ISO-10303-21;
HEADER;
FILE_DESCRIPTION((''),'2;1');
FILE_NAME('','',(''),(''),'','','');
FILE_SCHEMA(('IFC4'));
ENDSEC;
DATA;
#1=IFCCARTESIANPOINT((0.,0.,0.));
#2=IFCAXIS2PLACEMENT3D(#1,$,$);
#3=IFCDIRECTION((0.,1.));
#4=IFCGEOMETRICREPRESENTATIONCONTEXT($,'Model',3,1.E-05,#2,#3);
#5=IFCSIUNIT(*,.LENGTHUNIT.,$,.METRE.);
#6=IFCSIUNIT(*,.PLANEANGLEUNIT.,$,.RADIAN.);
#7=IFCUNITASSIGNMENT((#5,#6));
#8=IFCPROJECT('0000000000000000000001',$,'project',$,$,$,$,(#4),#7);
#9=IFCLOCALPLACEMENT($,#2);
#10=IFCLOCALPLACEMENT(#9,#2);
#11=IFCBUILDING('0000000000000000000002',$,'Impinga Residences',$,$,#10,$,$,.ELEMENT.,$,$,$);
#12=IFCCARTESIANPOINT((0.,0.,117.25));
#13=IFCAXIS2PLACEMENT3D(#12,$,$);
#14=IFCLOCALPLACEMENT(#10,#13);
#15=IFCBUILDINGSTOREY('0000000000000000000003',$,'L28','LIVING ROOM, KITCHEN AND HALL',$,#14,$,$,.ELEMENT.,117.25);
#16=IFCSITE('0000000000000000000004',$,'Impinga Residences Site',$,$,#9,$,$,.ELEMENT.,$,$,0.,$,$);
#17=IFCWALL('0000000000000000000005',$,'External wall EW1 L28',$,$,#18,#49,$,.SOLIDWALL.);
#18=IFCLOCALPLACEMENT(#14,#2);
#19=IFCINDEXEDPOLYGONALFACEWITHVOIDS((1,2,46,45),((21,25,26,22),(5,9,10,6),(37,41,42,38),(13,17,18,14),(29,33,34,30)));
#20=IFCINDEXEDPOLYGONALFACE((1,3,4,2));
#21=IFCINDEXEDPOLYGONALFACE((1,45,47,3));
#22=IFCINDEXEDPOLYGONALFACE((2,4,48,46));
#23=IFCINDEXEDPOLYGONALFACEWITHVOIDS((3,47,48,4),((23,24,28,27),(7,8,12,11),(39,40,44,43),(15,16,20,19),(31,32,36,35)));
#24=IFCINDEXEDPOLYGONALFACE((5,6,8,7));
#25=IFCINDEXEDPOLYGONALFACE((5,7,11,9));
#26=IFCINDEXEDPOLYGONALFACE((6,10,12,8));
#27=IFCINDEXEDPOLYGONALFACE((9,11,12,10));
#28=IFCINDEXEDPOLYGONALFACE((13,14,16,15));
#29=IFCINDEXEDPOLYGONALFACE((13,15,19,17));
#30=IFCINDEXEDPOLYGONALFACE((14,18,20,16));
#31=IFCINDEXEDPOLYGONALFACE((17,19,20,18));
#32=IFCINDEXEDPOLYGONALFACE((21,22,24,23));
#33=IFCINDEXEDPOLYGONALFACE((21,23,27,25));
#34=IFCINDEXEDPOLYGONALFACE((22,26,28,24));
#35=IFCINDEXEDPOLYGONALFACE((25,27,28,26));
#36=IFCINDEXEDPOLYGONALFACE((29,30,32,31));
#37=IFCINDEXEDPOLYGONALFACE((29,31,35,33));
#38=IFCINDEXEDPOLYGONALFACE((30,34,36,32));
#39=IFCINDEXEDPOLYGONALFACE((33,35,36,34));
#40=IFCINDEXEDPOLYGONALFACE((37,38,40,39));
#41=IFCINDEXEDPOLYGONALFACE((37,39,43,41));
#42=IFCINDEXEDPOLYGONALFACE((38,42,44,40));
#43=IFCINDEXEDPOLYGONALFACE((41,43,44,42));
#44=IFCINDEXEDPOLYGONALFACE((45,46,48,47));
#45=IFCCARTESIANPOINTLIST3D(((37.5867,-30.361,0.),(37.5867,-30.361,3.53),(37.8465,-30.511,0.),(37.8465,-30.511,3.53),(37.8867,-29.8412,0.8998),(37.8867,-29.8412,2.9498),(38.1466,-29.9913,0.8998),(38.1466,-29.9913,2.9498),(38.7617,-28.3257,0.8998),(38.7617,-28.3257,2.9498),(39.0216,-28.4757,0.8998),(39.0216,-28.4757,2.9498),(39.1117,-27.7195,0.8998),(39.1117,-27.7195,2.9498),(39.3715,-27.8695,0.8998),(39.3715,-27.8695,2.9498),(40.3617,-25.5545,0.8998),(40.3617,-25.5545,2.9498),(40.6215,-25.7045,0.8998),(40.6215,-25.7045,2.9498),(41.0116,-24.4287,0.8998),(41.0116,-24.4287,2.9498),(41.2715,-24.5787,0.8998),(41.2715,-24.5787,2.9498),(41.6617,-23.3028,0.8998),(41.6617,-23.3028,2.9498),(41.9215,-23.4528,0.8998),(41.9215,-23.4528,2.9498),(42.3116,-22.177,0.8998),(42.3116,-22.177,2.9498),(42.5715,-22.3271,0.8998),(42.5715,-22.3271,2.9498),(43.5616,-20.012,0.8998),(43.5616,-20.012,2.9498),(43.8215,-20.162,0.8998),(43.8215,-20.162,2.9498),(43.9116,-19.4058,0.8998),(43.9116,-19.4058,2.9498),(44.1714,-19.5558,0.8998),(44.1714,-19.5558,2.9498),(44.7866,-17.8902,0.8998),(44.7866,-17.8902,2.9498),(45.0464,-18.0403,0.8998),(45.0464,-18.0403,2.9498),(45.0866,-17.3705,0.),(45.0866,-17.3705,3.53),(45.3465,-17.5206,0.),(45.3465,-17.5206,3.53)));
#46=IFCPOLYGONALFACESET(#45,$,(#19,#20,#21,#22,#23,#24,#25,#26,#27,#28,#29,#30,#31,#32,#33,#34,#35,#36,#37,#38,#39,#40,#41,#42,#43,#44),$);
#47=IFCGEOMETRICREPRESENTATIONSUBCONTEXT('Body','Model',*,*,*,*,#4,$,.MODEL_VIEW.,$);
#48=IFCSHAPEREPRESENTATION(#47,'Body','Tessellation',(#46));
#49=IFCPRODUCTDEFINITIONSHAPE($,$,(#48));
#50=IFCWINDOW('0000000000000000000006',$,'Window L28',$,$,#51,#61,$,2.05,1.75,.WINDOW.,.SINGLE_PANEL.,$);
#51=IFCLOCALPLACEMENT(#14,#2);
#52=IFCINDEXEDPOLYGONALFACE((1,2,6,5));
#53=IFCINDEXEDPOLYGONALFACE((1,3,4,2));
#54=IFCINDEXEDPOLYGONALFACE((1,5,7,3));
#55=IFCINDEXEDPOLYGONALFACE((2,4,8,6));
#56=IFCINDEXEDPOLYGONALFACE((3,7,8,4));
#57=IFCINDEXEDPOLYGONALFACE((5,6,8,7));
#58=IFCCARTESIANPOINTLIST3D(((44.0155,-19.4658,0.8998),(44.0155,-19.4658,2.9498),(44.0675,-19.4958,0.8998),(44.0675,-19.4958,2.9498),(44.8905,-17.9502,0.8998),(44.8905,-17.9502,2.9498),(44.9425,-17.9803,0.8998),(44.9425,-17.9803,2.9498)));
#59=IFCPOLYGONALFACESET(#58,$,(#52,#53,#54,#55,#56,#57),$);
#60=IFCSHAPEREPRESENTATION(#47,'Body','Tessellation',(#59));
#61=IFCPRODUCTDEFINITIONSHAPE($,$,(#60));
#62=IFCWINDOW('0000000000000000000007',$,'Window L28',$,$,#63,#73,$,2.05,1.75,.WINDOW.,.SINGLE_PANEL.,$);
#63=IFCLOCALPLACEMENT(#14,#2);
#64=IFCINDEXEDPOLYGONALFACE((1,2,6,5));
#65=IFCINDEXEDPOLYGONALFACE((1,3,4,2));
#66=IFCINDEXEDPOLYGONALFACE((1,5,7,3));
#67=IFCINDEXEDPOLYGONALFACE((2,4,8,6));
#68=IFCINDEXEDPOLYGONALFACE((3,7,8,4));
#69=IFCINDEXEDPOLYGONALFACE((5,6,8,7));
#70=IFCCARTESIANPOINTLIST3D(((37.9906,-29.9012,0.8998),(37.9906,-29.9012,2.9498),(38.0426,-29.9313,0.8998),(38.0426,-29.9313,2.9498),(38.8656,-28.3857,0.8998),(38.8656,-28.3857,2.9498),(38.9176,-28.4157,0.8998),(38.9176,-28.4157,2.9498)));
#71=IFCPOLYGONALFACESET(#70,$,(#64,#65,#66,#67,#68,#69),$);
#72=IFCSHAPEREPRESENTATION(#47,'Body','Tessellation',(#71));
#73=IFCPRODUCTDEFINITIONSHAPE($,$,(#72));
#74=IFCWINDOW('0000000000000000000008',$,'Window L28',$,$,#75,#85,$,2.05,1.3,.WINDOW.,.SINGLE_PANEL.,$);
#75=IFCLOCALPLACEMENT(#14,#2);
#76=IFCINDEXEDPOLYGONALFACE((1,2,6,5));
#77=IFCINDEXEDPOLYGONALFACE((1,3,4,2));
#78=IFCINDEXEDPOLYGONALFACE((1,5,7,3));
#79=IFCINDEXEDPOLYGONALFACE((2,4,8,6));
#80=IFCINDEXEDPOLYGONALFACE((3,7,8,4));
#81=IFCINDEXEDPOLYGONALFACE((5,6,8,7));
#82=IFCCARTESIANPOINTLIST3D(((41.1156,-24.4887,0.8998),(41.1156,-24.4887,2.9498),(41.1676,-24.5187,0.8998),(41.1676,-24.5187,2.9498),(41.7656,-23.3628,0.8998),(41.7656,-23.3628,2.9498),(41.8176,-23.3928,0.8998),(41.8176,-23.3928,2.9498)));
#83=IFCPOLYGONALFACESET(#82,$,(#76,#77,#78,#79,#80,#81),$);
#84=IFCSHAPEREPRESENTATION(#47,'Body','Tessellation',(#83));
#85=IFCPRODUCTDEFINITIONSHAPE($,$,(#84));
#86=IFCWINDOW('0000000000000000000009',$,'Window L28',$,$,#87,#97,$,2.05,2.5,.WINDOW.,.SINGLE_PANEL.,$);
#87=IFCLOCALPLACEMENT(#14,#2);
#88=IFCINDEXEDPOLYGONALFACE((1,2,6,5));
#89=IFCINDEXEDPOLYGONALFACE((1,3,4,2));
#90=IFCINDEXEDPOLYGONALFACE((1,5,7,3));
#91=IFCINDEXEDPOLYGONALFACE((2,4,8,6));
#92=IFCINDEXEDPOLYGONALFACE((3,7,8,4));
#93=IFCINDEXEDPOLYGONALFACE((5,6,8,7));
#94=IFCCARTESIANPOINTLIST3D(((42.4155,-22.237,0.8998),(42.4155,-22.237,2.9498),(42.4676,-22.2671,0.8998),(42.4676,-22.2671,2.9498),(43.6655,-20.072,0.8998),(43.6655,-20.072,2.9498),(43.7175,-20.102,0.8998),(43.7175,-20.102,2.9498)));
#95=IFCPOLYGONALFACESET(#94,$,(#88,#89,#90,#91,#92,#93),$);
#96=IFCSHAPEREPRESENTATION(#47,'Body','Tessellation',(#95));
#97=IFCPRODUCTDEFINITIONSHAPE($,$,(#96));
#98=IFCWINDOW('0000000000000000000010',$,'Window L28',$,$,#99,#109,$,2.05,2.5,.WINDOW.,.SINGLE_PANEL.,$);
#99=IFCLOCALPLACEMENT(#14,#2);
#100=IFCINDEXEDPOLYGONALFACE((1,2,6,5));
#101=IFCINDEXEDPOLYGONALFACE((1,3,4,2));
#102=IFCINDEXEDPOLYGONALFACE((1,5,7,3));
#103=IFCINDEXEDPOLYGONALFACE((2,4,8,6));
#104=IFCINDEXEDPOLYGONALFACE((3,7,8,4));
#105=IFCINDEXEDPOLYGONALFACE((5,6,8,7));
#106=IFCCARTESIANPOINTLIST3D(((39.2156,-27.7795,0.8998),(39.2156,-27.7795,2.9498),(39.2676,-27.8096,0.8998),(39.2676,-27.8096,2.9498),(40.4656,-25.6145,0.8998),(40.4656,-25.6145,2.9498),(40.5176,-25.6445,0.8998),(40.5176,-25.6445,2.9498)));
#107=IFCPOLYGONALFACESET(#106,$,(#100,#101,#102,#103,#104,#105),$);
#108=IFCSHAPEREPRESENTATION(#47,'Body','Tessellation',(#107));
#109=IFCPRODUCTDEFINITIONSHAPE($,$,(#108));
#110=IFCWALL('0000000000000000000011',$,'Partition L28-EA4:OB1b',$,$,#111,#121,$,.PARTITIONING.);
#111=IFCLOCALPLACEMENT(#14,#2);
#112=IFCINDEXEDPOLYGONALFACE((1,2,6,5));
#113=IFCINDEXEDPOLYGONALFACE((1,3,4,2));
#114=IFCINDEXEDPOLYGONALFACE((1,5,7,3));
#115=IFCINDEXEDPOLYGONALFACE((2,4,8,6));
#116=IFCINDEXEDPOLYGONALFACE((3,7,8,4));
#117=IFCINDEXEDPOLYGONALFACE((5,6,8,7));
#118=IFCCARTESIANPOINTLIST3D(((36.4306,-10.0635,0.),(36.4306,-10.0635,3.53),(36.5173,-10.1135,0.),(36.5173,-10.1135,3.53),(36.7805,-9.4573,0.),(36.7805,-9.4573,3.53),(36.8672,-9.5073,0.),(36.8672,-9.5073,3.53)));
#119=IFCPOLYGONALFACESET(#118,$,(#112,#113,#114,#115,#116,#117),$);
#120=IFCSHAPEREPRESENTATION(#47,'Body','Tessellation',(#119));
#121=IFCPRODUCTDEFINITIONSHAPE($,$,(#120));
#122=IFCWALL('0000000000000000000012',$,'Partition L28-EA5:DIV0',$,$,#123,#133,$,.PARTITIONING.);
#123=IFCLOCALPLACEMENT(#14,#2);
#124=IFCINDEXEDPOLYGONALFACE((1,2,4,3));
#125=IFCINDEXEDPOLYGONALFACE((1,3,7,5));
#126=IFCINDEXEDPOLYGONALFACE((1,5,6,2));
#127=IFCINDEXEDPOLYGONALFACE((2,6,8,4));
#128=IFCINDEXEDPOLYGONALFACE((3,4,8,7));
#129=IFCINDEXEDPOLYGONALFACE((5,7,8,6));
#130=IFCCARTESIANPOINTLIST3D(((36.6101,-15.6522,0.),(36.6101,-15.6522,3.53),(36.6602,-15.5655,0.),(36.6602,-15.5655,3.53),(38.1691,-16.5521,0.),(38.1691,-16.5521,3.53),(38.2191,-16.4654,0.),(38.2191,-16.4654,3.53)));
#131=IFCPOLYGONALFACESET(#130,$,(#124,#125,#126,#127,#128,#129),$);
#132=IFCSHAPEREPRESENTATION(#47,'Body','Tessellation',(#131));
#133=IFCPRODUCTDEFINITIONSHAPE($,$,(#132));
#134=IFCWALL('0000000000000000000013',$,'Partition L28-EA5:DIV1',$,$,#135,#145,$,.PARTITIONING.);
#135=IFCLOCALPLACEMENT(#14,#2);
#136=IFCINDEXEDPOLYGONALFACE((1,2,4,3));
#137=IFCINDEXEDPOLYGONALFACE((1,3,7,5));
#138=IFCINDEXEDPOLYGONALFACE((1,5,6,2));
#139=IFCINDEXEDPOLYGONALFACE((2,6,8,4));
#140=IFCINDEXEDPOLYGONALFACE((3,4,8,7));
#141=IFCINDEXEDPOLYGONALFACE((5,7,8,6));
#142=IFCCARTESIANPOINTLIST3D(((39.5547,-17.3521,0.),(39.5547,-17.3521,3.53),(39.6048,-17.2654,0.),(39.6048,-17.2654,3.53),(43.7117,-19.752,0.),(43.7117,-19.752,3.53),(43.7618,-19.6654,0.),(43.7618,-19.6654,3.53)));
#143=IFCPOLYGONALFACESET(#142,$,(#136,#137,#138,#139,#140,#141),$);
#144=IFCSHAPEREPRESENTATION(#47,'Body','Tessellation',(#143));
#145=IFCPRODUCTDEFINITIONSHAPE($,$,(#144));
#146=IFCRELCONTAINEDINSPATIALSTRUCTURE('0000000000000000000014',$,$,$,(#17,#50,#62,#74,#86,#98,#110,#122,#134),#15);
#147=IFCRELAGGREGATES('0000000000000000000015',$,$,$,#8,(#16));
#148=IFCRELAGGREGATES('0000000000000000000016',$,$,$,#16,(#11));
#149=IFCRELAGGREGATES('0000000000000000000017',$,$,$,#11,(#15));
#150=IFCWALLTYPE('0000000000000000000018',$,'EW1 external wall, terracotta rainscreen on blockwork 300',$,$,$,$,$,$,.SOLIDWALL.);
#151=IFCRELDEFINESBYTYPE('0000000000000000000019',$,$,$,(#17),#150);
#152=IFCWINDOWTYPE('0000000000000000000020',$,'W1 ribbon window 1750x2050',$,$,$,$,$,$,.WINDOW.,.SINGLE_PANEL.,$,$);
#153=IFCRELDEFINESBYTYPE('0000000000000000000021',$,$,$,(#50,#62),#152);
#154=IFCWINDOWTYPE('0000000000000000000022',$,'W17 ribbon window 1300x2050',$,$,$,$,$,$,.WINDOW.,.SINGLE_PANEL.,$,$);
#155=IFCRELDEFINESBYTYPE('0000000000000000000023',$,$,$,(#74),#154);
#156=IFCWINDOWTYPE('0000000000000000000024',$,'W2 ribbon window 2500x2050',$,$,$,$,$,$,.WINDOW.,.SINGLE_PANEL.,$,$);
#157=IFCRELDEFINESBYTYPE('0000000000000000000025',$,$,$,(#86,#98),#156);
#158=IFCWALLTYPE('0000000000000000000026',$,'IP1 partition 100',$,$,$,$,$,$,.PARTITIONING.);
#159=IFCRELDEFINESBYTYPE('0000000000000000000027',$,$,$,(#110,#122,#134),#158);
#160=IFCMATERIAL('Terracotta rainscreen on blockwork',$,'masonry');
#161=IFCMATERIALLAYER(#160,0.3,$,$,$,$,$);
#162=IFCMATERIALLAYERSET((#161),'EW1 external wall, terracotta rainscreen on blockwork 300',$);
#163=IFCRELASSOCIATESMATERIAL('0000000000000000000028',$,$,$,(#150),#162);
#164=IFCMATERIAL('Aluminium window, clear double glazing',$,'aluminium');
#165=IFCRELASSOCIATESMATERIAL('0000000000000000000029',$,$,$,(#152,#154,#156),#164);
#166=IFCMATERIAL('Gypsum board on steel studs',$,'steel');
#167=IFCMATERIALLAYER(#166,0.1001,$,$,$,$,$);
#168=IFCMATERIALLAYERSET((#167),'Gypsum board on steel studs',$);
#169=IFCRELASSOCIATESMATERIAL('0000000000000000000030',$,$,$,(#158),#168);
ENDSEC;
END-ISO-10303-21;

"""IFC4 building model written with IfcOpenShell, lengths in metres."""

from ifc_helpers import new_model, si_unit, direction, frame, frame_2d, origin, place, context, subcontext, project, spatial, rectangle, extrude, material, layer, layer_set, type_object, element, fill, save


model = new_model("IFC4")

# Units and contexts
model_context = context("Model", 3, precision=1e-05, world=origin(), true_north=direction((0.0, 1.0)))
body_context = subcontext(model_context, "Body", "Model", "MODEL_VIEW")
ifc_project = project(units=[si_unit("LENGTHUNIT", "METRE"), si_unit("PLANEANGLEUNIT", "RADIAN")], contexts=[model_context])

# Site, building, storey
site_placement = place(None, origin())
site = spatial("IfcSite", under=ifc_project, at=site_placement, Name="Impinga Residences Site", CompositionType="ELEMENT", RefElevation=0.0)
building_placement = place(site_placement, origin())
building = spatial("IfcBuilding", under=site, at=building_placement, Name="Impinga Residences", CompositionType="ELEMENT")
storey_placement = place(building_placement, frame((0.0, 0.0, 117.25)))
storey = spatial("IfcBuildingStorey", under=building, at=storey_placement, Name="L28", Description="LIVING ROOM, KITCHEN AND HALL", CompositionType="ELEMENT", Elevation=117.25)

# Shared definitions
ifc_material_1 = material(Name="Terracotta rainscreen on blockwork", Category="masonry")
ifc_layer_1 = layer(ifc_material_1, 0.3)
ifc_layer_set_1 = layer_set([ifc_layer_1], Name="EW1 external wall, terracotta rainscreen on blockwork 300")
wall_type_1 = type_object("IfcWallType", Name="EW1 external wall, terracotta rainscreen on blockwork 300", PredefinedType="SOLIDWALL", material=ifc_layer_set_1)

# Wall, openings, windows
wall_1_placement = place(storey_placement, frame((45.2166, -17.4456, 0.0), z_axis=(0.0, 0.0, 1.0), x_axis=(-0.499997, -0.866027, 0.0)))
wall_1 = element("IfcWall", 1, at=wall_1_placement, inside=storey, type_object=wall_type_1, Name="External wall EW1 L28", PredefinedType="SOLIDWALL", context=body_context, shape_type="SweptSolid", body=[
    extrude(rectangle(XDim=15.0, YDim=0.3, at=frame_2d((7.5, 0.0))), origin(), (0.0, 0.0, 1.0), 3.53),
])
opening_1_placement = place(wall_1_placement, frame((0.6001, 0.0, 0.8999)))
opening_1 = element("IfcOpeningElement", 2, at=opening_1_placement, cuts=wall_1, PredefinedType="OPENING", context=body_context, shape_type="SweptSolid", body=[
    extrude(rectangle(XDim=1.75, YDim=2.05, at=frame_2d((0.875, 1.0249))), frame((0.0, 0.1599, 0.0), z_axis=(0.0, -1.0, 0.0), x_axis=(1.0, 0.0, 0.0)), (0.0, 0.0, 1.0), 0.3201),
])
opening_2_placement = place(wall_1_placement, frame((3.05, 0.0, 0.8999)))
opening_2 = element("IfcOpeningElement", 3, at=opening_2_placement, cuts=wall_1, PredefinedType="OPENING", context=body_context, shape_type="SweptSolid", body=[
    extrude(rectangle(XDim=2.5, YDim=2.05, at=frame_2d((1.25, 1.0249))), frame((0.0, 0.1599, 0.0), z_axis=(0.0, -1.0, 0.0), x_axis=(1.0, 0.0, 0.0)), (0.0, 0.0, 1.0), 0.3201),
])
opening_3_placement = place(wall_1_placement, frame((6.8501, 0.0, 0.8999)))
opening_3 = element("IfcOpeningElement", 4, at=opening_3_placement, cuts=wall_1, PredefinedType="OPENING", context=body_context, shape_type="SweptSolid", body=[
    extrude(rectangle(XDim=1.3, YDim=2.05, at=frame_2d((0.6499, 1.0249))), frame((0.0, 0.1599, 0.0), z_axis=(0.0, -1.0, 0.0), x_axis=(1.0, 0.0, 0.0)), (0.0, 0.0, 1.0), 0.3201),
])
opening_4_placement = place(wall_1_placement, frame((9.45, 0.0, 0.8999)))
opening_4 = element("IfcOpeningElement", 5, at=opening_4_placement, cuts=wall_1, PredefinedType="OPENING", context=body_context, shape_type="SweptSolid", body=[
    extrude(rectangle(XDim=2.5, YDim=2.05, at=frame_2d((1.25, 1.0249))), frame((0.0, 0.1599, 0.0), z_axis=(0.0, -1.0, 0.0), x_axis=(1.0, 0.0, 0.0)), (0.0, 0.0, 1.0), 0.3201),
])
opening_5_placement = place(wall_1_placement, frame((12.6499, 0.0, 0.8999)))
opening_5 = element("IfcOpeningElement", 6, at=opening_5_placement, cuts=wall_1, PredefinedType="OPENING", context=body_context, shape_type="SweptSolid", body=[
    extrude(rectangle(XDim=1.75, YDim=2.05, at=frame_2d((0.875, 1.0249))), frame((0.0, 0.1599, 0.0), z_axis=(0.0, -1.0, 0.0), x_axis=(1.0, 0.0, 0.0)), (0.0, 0.0, 1.0), 0.3201),
])
ifc_material_2 = material(Name="Aluminium window, clear double glazing", Category="aluminium")
window_type_1 = type_object("IfcWindowType", Name="W1 ribbon window 1750x2050", PartitioningType="SINGLE_PANEL", PredefinedType="WINDOW", material=ifc_material_2)
window_1_placement = place(opening_1_placement, origin())
window_1 = element("IfcWindow", 7, at=window_1_placement, inside=storey, type_object=window_type_1, Name="Window L28", OverallHeight=2.05, OverallWidth=1.75, PartitioningType="SINGLE_PANEL", PredefinedType="WINDOW", context=body_context, shape_type="SweptSolid", body=[
    extrude(rectangle(XDim=1.75, YDim=2.05, at=frame_2d((0.875, 1.0249))), frame((0.0, 0.03, 0.0), z_axis=(0.0, -1.0, 0.0), x_axis=(1.0, 0.0, 0.0)), (0.0, 0.0, 1.0), 0.0601),
])
fill(opening_1, window_1)
window_2_placement = place(opening_5_placement, origin())
window_2 = element("IfcWindow", 8, at=window_2_placement, inside=storey, type_object=window_type_1, Name="Window L28", OverallHeight=2.05, OverallWidth=1.75, PartitioningType="SINGLE_PANEL", PredefinedType="WINDOW", context=body_context, shape_type="SweptSolid", body=[
    extrude(rectangle(XDim=1.75, YDim=2.05, at=frame_2d((0.875, 1.0249))), frame((0.0, 0.03, 0.0), z_axis=(0.0, -1.0, 0.0), x_axis=(1.0, 0.0, 0.0)), (0.0, 0.0, 1.0), 0.0601),
])
fill(opening_5, window_2)
window_type_2 = type_object("IfcWindowType", Name="W17 ribbon window 1300x2050", PartitioningType="SINGLE_PANEL", PredefinedType="WINDOW", material=ifc_material_2)
window_3_placement = place(opening_3_placement, origin())
window_3 = element("IfcWindow", 9, at=window_3_placement, inside=storey, type_object=window_type_2, Name="Window L28", OverallHeight=2.05, OverallWidth=1.3, PartitioningType="SINGLE_PANEL", PredefinedType="WINDOW", context=body_context, shape_type="SweptSolid", body=[
    extrude(rectangle(XDim=1.3, YDim=2.05, at=frame_2d((0.6499, 1.0249))), frame((0.0, 0.03, 0.0), z_axis=(0.0, -1.0, 0.0), x_axis=(1.0, 0.0, 0.0)), (0.0, 0.0, 1.0), 0.0601),
])
fill(opening_3, window_3)
window_type_3 = type_object("IfcWindowType", Name="W2 ribbon window 2500x2050", PartitioningType="SINGLE_PANEL", PredefinedType="WINDOW", material=ifc_material_2)
window_4_placement = place(opening_2_placement, origin())
window_4 = element("IfcWindow", 10, at=window_4_placement, inside=storey, type_object=window_type_3, Name="Window L28", OverallHeight=2.05, OverallWidth=2.5, PartitioningType="SINGLE_PANEL", PredefinedType="WINDOW", context=body_context, shape_type="SweptSolid", body=[
    extrude(rectangle(XDim=2.5, YDim=2.05, at=frame_2d((1.25, 1.0249))), frame((0.0, 0.03, 0.0), z_axis=(0.0, -1.0, 0.0), x_axis=(1.0, 0.0, 0.0)), (0.0, 0.0, 1.0), 0.0601),
])
fill(opening_2, window_4)
window_5_placement = place(opening_4_placement, origin())
window_5 = element("IfcWindow", 11, at=window_5_placement, inside=storey, type_object=window_type_3, Name="Window L28", OverallHeight=2.05, OverallWidth=2.5, PartitioningType="SINGLE_PANEL", PredefinedType="WINDOW", context=body_context, shape_type="SweptSolid", body=[
    extrude(rectangle(XDim=2.5, YDim=2.05, at=frame_2d((1.25, 1.0249))), frame((0.0, 0.03, 0.0), z_axis=(0.0, -1.0, 0.0), x_axis=(1.0, 0.0, 0.0)), (0.0, 0.0, 1.0), 0.0601),
])
fill(opening_4, window_5)

# Walls
ifc_material_3 = material(Name="Gypsum board on steel studs", Category="steel")
ifc_layer_2 = layer(ifc_material_3, 0.1001)
ifc_layer_set_2 = layer_set([ifc_layer_2], Name="Gypsum board on steel studs")
wall_type_2 = type_object("IfcWallType", Name="IP1 partition 100", PredefinedType="PARTITIONING", material=ifc_layer_set_2)
wall_2_placement = place(storey_placement, frame((36.4739, -10.0886, 0.0), z_axis=(0.0, 0.0, 1.0), x_axis=(0.499853, 0.86611, 0.0)))
element("IfcWall", 12, at=wall_2_placement, inside=storey, type_object=wall_type_2, Name="Partition L28-EA4:OB1b", PredefinedType="PARTITIONING", context=body_context, shape_type="SweptSolid", body=[
    extrude(rectangle(XDim=0.7, YDim=0.1001, at=frame_2d((0.3501, 0.0))), origin(), (0.0, 0.0, 1.0), 3.53),
])
wall_3_placement = place(storey_placement, frame((36.6353, -15.6089, 0.0), z_axis=(0.0, 0.0, 1.0), x_axis=(0.866048, -0.499961, 0.0)))
element("IfcWall", 13, at=wall_3_placement, inside=storey, type_object=wall_type_2, Name="Partition L28-EA5:DIV0", PredefinedType="PARTITIONING", context=body_context, shape_type="SweptSolid", body=[
    extrude(rectangle(XDim=1.8, YDim=0.1001, at=frame_2d((0.8999, 0.0))), origin(), (0.0, 0.0, 1.0), 3.53),
])
wall_4_placement = place(storey_placement, frame((39.5798, -17.3088, 0.0), z_axis=(0.0, 0.0, 1.0), x_axis=(0.866037, -0.499979, 0.0)))
element("IfcWall", 14, at=wall_4_placement, inside=storey, type_object=wall_type_2, Name="Partition L28-EA5:DIV1", PredefinedType="PARTITIONING", context=body_context, shape_type="SweptSolid", body=[
    extrude(rectangle(XDim=4.8, YDim=0.1001, at=frame_2d((2.3999, 0.0))), origin(), (0.0, 0.0, 1.0), 3.53),
])

save(model, "model.ifc")
